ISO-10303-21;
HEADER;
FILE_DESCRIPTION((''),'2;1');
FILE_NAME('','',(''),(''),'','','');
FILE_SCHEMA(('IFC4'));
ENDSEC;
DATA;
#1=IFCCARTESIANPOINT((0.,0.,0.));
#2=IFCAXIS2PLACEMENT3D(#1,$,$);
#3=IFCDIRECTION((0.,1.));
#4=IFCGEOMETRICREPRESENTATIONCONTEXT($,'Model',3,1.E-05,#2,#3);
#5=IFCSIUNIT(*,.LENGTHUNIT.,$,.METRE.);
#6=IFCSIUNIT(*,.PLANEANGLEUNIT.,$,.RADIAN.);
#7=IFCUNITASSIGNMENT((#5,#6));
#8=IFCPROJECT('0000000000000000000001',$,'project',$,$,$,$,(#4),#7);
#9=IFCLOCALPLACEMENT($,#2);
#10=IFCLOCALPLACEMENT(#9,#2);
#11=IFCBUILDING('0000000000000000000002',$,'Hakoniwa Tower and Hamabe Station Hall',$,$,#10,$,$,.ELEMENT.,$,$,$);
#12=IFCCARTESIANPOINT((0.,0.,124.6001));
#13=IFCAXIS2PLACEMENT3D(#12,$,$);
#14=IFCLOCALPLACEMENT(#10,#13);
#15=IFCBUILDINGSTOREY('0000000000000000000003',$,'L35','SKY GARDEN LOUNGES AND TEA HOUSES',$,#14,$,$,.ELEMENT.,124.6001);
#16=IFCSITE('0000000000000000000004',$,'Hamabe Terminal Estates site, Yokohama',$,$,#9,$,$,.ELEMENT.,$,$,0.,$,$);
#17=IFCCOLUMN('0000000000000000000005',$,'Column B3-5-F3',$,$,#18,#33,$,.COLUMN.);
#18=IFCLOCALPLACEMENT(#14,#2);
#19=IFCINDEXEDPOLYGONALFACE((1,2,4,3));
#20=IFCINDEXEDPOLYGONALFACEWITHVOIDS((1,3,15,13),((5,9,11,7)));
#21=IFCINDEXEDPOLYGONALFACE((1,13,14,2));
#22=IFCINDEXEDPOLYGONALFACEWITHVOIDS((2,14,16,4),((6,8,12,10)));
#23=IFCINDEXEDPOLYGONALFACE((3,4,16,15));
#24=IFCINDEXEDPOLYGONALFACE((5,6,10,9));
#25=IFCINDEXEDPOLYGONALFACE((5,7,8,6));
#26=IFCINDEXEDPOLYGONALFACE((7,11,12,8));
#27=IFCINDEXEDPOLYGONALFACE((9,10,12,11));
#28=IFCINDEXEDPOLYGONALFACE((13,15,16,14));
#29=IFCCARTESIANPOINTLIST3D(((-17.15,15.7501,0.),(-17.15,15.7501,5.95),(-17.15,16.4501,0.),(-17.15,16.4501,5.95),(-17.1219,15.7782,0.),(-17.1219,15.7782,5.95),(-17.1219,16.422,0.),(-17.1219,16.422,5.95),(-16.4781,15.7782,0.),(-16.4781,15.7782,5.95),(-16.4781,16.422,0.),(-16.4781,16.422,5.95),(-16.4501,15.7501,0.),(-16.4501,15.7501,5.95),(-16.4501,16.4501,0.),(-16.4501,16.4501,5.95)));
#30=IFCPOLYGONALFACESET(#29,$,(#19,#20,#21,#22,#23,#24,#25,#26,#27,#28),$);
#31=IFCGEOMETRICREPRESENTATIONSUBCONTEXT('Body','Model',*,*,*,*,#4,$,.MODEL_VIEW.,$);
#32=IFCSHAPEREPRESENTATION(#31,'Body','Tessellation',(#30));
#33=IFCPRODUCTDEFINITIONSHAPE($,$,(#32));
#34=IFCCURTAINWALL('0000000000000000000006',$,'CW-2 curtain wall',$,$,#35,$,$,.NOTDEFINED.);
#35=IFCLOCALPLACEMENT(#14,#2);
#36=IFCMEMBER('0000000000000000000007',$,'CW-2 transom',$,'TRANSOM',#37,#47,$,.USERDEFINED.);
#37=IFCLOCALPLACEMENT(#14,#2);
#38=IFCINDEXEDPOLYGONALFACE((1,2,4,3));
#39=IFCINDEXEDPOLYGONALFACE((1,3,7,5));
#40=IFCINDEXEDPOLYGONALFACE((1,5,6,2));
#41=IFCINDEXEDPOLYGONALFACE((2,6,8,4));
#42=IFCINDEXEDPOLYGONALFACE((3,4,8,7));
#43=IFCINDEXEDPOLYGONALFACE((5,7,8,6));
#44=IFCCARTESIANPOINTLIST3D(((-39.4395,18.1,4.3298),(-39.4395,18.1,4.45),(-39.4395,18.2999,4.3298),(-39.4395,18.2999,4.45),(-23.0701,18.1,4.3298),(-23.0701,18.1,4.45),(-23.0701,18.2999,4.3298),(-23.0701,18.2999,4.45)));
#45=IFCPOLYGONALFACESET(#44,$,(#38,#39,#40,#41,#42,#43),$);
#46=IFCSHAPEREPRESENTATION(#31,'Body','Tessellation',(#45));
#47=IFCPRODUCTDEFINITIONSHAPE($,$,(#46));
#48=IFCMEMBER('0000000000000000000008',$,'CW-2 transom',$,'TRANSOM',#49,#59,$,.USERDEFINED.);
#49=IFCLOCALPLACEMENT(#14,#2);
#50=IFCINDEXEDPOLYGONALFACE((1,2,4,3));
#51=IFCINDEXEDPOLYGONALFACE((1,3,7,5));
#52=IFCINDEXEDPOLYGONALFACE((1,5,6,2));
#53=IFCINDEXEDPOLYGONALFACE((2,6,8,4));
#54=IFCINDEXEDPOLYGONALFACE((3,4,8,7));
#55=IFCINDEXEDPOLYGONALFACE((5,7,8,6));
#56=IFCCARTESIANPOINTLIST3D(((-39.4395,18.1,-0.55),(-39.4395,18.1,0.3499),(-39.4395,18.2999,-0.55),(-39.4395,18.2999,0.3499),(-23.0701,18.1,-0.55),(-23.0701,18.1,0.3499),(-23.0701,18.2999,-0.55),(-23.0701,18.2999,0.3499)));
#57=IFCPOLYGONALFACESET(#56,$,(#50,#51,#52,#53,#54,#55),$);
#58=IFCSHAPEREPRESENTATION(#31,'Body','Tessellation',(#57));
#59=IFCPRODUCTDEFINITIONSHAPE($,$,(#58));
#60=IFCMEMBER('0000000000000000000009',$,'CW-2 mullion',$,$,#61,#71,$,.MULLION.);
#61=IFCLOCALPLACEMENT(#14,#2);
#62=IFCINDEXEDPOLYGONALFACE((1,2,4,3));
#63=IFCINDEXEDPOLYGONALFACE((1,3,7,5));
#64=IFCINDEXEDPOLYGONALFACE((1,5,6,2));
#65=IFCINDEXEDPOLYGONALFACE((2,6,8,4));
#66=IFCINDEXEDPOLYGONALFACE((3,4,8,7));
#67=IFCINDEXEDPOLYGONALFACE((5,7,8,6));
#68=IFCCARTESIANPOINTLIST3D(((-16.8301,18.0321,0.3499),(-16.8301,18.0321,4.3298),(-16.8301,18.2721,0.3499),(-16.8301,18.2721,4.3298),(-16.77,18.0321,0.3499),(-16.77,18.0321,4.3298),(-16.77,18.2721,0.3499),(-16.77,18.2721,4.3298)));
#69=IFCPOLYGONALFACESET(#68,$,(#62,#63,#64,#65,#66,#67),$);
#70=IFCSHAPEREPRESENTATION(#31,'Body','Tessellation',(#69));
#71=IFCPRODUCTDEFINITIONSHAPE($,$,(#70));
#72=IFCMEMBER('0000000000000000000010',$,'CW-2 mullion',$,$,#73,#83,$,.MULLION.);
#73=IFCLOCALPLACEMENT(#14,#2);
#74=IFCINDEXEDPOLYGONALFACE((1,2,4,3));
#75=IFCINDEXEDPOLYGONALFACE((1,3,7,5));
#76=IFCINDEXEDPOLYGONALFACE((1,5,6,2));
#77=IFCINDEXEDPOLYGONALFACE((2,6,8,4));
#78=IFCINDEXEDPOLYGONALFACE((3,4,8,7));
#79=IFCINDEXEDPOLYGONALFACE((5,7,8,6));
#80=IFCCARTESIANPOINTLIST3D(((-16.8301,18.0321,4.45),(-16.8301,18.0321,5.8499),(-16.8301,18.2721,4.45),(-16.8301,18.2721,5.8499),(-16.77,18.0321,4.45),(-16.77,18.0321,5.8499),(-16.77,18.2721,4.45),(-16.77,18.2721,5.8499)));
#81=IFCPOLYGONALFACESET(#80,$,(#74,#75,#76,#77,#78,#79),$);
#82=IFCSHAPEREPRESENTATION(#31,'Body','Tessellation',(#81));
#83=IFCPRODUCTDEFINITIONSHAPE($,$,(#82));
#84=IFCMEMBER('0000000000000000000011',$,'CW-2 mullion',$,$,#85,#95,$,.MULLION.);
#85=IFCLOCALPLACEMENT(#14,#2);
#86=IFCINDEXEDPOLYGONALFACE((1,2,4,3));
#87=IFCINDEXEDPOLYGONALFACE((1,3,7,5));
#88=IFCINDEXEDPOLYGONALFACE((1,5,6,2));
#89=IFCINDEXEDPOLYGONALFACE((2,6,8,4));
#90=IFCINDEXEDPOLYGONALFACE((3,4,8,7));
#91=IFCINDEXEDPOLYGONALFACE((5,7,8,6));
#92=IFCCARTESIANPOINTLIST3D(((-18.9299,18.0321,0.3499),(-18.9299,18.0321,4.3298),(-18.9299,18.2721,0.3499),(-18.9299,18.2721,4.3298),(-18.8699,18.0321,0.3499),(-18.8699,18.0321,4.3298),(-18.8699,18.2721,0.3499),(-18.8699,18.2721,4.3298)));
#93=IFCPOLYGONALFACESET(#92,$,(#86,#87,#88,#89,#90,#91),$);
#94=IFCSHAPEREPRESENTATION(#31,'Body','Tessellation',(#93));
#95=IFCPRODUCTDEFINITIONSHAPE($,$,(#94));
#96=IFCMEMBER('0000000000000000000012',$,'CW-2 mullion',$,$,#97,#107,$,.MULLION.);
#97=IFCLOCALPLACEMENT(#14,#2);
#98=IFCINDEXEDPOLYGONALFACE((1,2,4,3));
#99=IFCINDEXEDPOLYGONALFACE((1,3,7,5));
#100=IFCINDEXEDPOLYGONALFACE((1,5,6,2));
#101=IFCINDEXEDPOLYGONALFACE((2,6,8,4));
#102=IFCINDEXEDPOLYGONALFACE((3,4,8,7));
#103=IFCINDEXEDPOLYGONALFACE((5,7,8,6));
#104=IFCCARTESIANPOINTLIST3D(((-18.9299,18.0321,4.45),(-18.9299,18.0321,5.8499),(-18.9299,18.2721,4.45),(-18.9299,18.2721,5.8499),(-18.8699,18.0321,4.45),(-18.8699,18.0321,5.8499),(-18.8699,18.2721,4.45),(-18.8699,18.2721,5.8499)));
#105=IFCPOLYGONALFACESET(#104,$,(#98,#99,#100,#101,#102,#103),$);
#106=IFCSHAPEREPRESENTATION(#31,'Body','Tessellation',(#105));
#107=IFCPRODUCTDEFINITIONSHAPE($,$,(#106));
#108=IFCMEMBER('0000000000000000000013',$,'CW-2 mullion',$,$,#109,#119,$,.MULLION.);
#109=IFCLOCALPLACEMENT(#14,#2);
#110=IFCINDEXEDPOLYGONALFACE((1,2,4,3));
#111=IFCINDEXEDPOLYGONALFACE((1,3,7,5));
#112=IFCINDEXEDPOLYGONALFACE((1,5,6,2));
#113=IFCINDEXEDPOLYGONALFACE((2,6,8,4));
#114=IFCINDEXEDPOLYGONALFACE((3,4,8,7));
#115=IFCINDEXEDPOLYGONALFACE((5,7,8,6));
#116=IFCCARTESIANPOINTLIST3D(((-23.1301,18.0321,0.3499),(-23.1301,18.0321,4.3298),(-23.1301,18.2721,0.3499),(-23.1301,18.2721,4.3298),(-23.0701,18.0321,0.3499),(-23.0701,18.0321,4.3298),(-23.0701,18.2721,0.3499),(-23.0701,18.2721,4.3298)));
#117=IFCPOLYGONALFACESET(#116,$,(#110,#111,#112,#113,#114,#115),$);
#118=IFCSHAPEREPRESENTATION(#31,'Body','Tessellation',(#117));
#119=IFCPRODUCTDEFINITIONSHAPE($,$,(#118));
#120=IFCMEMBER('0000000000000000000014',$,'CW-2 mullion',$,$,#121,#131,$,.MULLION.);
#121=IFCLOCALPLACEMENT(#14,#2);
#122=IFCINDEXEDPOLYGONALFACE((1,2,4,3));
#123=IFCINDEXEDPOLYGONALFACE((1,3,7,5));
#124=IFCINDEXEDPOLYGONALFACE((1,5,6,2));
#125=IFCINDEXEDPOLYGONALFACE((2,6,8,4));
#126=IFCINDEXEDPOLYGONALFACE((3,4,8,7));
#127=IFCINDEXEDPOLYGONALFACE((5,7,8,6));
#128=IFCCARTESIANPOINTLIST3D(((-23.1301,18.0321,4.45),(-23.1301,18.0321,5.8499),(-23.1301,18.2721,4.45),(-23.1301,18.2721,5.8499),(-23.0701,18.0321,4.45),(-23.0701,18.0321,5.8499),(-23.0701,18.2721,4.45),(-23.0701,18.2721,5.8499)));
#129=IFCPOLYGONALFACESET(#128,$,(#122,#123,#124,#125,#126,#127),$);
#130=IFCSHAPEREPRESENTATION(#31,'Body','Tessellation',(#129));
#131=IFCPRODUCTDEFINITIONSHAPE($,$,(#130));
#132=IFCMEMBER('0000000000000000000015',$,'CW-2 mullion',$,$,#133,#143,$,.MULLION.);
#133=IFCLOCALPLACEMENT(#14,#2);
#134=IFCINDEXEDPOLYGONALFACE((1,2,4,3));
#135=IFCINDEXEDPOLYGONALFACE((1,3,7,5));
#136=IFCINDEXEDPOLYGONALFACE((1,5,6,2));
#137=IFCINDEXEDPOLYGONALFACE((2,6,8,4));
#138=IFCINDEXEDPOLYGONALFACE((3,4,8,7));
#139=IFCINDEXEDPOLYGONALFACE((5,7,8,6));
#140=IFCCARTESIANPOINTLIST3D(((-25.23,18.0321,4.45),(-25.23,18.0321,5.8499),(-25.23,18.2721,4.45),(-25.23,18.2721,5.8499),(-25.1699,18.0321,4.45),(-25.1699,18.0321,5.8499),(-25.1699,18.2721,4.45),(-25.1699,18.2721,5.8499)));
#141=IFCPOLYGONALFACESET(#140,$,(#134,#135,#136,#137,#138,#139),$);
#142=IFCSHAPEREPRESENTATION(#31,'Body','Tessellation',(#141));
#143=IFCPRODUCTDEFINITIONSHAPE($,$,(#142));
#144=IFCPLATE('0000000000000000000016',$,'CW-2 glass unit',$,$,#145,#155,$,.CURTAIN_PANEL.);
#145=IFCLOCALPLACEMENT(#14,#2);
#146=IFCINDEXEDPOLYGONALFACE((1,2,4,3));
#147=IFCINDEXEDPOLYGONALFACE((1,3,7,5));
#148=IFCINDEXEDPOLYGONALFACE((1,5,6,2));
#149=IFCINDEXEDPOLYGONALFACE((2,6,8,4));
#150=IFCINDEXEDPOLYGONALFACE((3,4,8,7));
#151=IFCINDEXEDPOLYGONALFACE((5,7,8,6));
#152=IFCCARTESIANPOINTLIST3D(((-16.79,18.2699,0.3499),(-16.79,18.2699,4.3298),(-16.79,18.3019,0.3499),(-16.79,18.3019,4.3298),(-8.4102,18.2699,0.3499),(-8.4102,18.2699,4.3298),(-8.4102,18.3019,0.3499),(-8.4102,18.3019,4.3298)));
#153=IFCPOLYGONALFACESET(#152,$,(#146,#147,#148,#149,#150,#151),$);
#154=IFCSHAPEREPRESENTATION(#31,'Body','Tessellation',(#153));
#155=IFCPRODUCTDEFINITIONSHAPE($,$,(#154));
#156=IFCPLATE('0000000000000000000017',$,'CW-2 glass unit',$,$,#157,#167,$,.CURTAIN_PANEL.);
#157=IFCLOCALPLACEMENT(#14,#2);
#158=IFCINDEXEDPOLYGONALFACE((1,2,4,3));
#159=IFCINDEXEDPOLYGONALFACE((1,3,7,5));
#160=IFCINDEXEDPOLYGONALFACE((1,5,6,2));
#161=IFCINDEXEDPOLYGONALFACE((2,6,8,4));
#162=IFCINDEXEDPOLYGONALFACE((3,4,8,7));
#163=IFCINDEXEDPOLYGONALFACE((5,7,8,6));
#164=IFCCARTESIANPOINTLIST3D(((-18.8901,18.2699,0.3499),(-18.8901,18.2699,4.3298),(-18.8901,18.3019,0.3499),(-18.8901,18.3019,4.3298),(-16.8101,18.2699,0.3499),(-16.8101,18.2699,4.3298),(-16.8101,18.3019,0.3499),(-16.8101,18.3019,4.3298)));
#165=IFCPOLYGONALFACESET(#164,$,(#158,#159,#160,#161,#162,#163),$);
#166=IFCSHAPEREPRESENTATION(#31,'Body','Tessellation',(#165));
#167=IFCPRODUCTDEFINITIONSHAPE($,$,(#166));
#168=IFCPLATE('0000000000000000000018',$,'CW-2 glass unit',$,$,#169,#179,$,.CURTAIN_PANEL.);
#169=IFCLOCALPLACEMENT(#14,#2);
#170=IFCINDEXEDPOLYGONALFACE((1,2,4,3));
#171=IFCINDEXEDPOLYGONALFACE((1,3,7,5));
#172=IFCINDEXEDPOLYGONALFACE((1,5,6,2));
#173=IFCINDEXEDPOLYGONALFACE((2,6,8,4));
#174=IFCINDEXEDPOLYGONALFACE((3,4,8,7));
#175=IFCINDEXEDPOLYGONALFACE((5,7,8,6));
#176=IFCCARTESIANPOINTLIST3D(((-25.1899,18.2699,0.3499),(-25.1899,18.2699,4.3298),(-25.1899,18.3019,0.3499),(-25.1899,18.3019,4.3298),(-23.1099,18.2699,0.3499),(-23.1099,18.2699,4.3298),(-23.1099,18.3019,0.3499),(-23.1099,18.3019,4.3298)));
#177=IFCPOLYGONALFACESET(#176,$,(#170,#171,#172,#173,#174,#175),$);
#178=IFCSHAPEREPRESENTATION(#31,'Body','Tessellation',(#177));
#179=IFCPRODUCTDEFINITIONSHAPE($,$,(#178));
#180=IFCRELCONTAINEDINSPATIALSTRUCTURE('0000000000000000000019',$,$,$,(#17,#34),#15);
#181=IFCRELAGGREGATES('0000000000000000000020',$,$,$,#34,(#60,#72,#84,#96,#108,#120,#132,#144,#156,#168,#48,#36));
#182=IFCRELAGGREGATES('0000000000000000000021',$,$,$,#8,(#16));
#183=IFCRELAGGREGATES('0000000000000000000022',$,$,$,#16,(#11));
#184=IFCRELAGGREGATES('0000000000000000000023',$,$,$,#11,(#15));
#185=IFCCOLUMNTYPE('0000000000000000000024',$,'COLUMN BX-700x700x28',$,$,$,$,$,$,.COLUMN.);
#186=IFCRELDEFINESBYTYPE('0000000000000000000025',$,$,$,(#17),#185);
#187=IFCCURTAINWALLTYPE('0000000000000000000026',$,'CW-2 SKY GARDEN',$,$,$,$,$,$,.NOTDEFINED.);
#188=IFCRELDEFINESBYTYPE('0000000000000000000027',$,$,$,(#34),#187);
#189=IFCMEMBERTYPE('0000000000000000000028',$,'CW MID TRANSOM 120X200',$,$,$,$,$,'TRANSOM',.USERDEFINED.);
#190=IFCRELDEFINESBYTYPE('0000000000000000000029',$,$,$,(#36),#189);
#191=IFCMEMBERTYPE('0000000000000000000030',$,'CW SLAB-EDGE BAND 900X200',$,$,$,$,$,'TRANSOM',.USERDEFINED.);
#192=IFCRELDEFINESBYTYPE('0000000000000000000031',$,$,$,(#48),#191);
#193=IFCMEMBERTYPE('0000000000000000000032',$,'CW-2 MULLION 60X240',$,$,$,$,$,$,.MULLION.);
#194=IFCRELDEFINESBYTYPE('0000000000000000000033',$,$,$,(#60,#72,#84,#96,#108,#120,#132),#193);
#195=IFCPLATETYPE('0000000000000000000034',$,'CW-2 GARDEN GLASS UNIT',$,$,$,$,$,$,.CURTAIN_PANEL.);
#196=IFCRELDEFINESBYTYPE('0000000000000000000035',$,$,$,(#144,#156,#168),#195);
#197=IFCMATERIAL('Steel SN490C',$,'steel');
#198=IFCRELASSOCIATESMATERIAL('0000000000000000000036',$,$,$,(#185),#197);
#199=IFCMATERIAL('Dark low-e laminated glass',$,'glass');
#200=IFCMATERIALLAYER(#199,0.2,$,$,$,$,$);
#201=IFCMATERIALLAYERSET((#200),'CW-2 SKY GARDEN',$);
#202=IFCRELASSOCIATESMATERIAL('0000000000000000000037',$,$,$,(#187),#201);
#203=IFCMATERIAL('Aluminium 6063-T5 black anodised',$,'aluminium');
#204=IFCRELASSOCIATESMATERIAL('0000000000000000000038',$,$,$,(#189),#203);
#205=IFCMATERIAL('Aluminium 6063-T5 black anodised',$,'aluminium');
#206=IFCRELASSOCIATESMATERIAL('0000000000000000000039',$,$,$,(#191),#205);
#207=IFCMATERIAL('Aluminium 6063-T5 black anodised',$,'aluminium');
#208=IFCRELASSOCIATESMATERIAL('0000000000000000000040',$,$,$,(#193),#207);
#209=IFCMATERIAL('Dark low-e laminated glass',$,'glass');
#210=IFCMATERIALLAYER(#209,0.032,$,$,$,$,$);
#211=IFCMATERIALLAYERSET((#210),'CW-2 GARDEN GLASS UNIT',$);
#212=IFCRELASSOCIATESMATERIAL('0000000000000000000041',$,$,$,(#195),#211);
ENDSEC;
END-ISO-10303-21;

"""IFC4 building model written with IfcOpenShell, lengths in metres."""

from ifc_helpers import new_model, si_unit, direction, frame, origin, origin_2d, place, context, subcontext, project, spatial, rectangle, hollow_rectangle, extrude, material, layer, layer_set, material_profile, profile_set, type_object, element, aggregate, save


model = new_model("IFC4")

# Units and contexts
model_context = context("Model", 3, precision=1e-05, world=origin(), true_north=direction((0.0, 1.0)))
body_context = subcontext(model_context, "Body", "Model", "MODEL_VIEW")
ifc_project = project(units=[si_unit("LENGTHUNIT", "METRE"), si_unit("PLANEANGLEUNIT", "RADIAN")], contexts=[model_context])

# Site, building, storey
site_placement = place(None, origin())
site = spatial("IfcSite", under=ifc_project, at=site_placement, Name="Hamabe Terminal Estates site, Yokohama", CompositionType="ELEMENT", RefElevation=0.0)
building_placement = place(site_placement, origin())
building = spatial("IfcBuilding", under=site, at=building_placement, Name="Hakoniwa Tower and Hamabe Station Hall", CompositionType="ELEMENT")
storey_placement = place(building_placement, frame((0.0, 0.0, 124.6001)))
storey = spatial("IfcBuildingStorey", under=building, at=storey_placement, Name="L35", Description="SKY GARDEN LOUNGES AND TEA HOUSES", CompositionType="ELEMENT", Elevation=124.6001)

# Column
ifc_material_1 = material(Name="Steel SN490C", Category="steel")
ifc_material_profile_1 = material_profile(ifc_material_1, hollow_rectangle(XDim=0.7, YDim=0.7, WallThickness=0.0281, at=origin_2d()), Name="BX-700x700x28")
ifc_profile_set_1 = profile_set([ifc_material_profile_1], Name="Steel SN490C")
column_type = type_object("IfcColumnType", Name="COLUMN BX-700x700x28", PredefinedType="COLUMN", material=ifc_profile_set_1)
column_placement = place(storey_placement, frame((-16.8, 16.1001, 0.0), z_axis=(0.0, 0.0, 1.0), x_axis=(1.0, 0.0, 0.0)))
element("IfcColumn", 1, at=column_placement, inside=storey, type_object=column_type, Name="Column B3-5-F3", PredefinedType="COLUMN", context=body_context, shape_type="SweptSolid", body=[
    extrude(hollow_rectangle(XDim=0.7, YDim=0.7, WallThickness=0.0281, at=origin_2d()), origin(), (0.0, 0.0, 1.0), 5.95),
])

# Curtain wall, members, plates
ifc_material_2 = material(Name="Dark low-e laminated glass", Category="glass")
ifc_layer_1 = layer(ifc_material_2, 0.2)
ifc_layer_set_1 = layer_set([ifc_layer_1], Name="CW-2 SKY GARDEN")
curtain_wall_type = type_object("IfcCurtainWallType", Name="CW-2 SKY GARDEN", PredefinedType="NOTDEFINED", material=ifc_layer_set_1)
curtain_wall_placement = place(storey_placement, origin())
curtain_wall = element("IfcCurtainWall", 2, at=curtain_wall_placement, inside=storey, type_object=curtain_wall_type, Name="CW-2 curtain wall", PredefinedType="NOTDEFINED")
ifc_material_3 = material(Name="Aluminium 6063-T5 black anodised", Category="aluminium")
ifc_material_profile_2 = material_profile(ifc_material_3, rectangle(XDim=0.2, YDim=0.1201, at=origin_2d()), Name="CW MID TRANSOM 120X200")
ifc_profile_set_2 = profile_set([ifc_material_profile_2], Name="Aluminium 6063-T5 black anodised")
member_type_1 = type_object("IfcMemberType", Name="CW MID TRANSOM 120X200", ElementType="TRANSOM", PredefinedType="USERDEFINED", material=ifc_profile_set_2)
member_1_placement = place(storey_placement, frame((-23.0701, 18.2, 4.3899), z_axis=(-1.0, 0.0, 0.0), x_axis=(0.0, -1.0, 0.0)))
member_1 = element("IfcMember", 3, at=member_1_placement, type_object=member_type_1, Name="CW-2 transom", ObjectType="TRANSOM", PredefinedType="USERDEFINED", context=body_context, shape_type="SweptSolid", body=[
    extrude(rectangle(XDim=0.2, YDim=0.1201, at=origin_2d()), origin(), (0.0, 0.0, 1.0), 16.3694),
])
ifc_material_4 = material(Name="Aluminium 6063-T5 black anodised", Category="aluminium")
ifc_material_profile_3 = material_profile(ifc_material_4, rectangle(XDim=0.2, YDim=0.8999, at=origin_2d()), Name="CW SLAB-EDGE BAND 900X200")
ifc_profile_set_3 = profile_set([ifc_material_profile_3], Name="Aluminium 6063-T5 black anodised")
member_type_2 = type_object("IfcMemberType", Name="CW SLAB-EDGE BAND 900X200", ElementType="TRANSOM", PredefinedType="USERDEFINED", material=ifc_profile_set_3)
member_2_placement = place(storey_placement, frame((-23.0701, 18.2, -0.1001), z_axis=(-1.0, 0.0, 0.0), x_axis=(0.0, -1.0, 0.0)))
member_2 = element("IfcMember", 4, at=member_2_placement, type_object=member_type_2, Name="CW-2 transom", ObjectType="TRANSOM", PredefinedType="USERDEFINED", context=body_context, shape_type="SweptSolid", body=[
    extrude(rectangle(XDim=0.2, YDim=0.8999, at=origin_2d()), origin(), (0.0, 0.0, 1.0), 16.3694),
])
ifc_material_5 = material(Name="Aluminium 6063-T5 black anodised", Category="aluminium")
ifc_material_profile_4 = material_profile(ifc_material_5, rectangle(XDim=0.0601, YDim=0.24, at=origin_2d()), Name="CW-2 MULLION 60X240")
ifc_profile_set_4 = profile_set([ifc_material_profile_4], Name="Aluminium 6063-T5 black anodised")
member_type_3 = type_object("IfcMemberType", Name="CW-2 MULLION 60X240", PredefinedType="MULLION", material=ifc_profile_set_4)
member_3_placement = place(storey_placement, frame((-16.8, 18.1521, 0.3499), z_axis=(0.0, 0.0, 1.0), x_axis=(-1.0, 0.0, 0.0)))
member_3 = element("IfcMember", 5, at=member_3_placement, type_object=member_type_3, Name="CW-2 mullion", PredefinedType="MULLION", context=body_context, shape_type="SweptSolid", body=[
    extrude(rectangle(XDim=0.0601, YDim=0.24, at=origin_2d()), origin(), (0.0, 0.0, 1.0), 3.98),
])
member_4_placement = place(storey_placement, frame((-16.8, 18.1521, 4.45), z_axis=(0.0, 0.0, 1.0), x_axis=(-1.0, 0.0, 0.0)))
member_4 = element("IfcMember", 6, at=member_4_placement, type_object=member_type_3, Name="CW-2 mullion", PredefinedType="MULLION", context=body_context, shape_type="SweptSolid", body=[
    extrude(rectangle(XDim=0.0601, YDim=0.24, at=origin_2d()), origin(), (0.0, 0.0, 1.0), 1.3999),
])
member_5_placement = place(storey_placement, frame((-18.8999, 18.1521, 0.3499), z_axis=(0.0, 0.0, 1.0), x_axis=(-1.0, 0.0, 0.0)))
member_5 = element("IfcMember", 7, at=member_5_placement, type_object=member_type_3, Name="CW-2 mullion", PredefinedType="MULLION", context=body_context, shape_type="SweptSolid", body=[
    extrude(rectangle(XDim=0.0601, YDim=0.24, at=origin_2d()), origin(), (0.0, 0.0, 1.0), 3.98),
])
member_6_placement = place(storey_placement, frame((-18.8999, 18.1521, 4.45), z_axis=(0.0, 0.0, 1.0), x_axis=(-1.0, 0.0, 0.0)))
member_6 = element("IfcMember", 8, at=member_6_placement, type_object=member_type_3, Name="CW-2 mullion", PredefinedType="MULLION", context=body_context, shape_type="SweptSolid", body=[
    extrude(rectangle(XDim=0.0601, YDim=0.24, at=origin_2d()), origin(), (0.0, 0.0, 1.0), 1.3999),
])
member_7_placement = place(storey_placement, frame((-23.1001, 18.1521, 0.3499), z_axis=(0.0, 0.0, 1.0), x_axis=(-1.0, 0.0, 0.0)))
member_7 = element("IfcMember", 9, at=member_7_placement, type_object=member_type_3, Name="CW-2 mullion", PredefinedType="MULLION", context=body_context, shape_type="SweptSolid", body=[
    extrude(rectangle(XDim=0.0601, YDim=0.24, at=origin_2d()), origin(), (0.0, 0.0, 1.0), 3.98),
])
member_8_placement = place(storey_placement, frame((-23.1001, 18.1521, 4.45), z_axis=(0.0, 0.0, 1.0), x_axis=(-1.0, 0.0, 0.0)))
member_8 = element("IfcMember", 10, at=member_8_placement, type_object=member_type_3, Name="CW-2 mullion", PredefinedType="MULLION", context=body_context, shape_type="SweptSolid", body=[
    extrude(rectangle(XDim=0.0601, YDim=0.24, at=origin_2d()), origin(), (0.0, 0.0, 1.0), 1.3999),
])
member_9_placement = place(storey_placement, frame((-25.2, 18.1521, 4.45), z_axis=(0.0, 0.0, 1.0), x_axis=(-1.0, 0.0, 0.0)))
member_9 = element("IfcMember", 11, at=member_9_placement, type_object=member_type_3, Name="CW-2 mullion", PredefinedType="MULLION", context=body_context, shape_type="SweptSolid", body=[
    extrude(rectangle(XDim=0.0601, YDim=0.24, at=origin_2d()), origin(), (0.0, 0.0, 1.0), 1.3999),
])
ifc_material_6 = material(Name="Dark low-e laminated glass", Category="glass")
ifc_layer_2 = layer(ifc_material_6, 0.032)
ifc_layer_set_2 = layer_set([ifc_layer_2], Name="CW-2 GARDEN GLASS UNIT")
plate_type = type_object("IfcPlateType", Name="CW-2 GARDEN GLASS UNIT", PredefinedType="CURTAIN_PANEL", material=ifc_layer_set_2)
plate_1_placement = place(storey_placement, frame((-12.6001, 18.2859, 0.3499), z_axis=(0.0, 0.0, 1.0), x_axis=(-1.0, 0.0, 0.0)))
plate_1 = element("IfcPlate", 12, at=plate_1_placement, type_object=plate_type, Name="CW-2 glass unit", PredefinedType="CURTAIN_PANEL", context=body_context, shape_type="SweptSolid", body=[
    extrude(rectangle(XDim=8.3799, YDim=0.032, at=origin_2d()), origin(), (0.0, 0.0, 1.0), 3.98),
])
plate_2_placement = place(storey_placement, frame((-17.8501, 18.2859, 0.3499), z_axis=(0.0, 0.0, 1.0), x_axis=(-1.0, 0.0, 0.0)))
plate_2 = element("IfcPlate", 13, at=plate_2_placement, type_object=plate_type, Name="CW-2 glass unit", PredefinedType="CURTAIN_PANEL", context=body_context, shape_type="SweptSolid", body=[
    extrude(rectangle(XDim=2.0801, YDim=0.032, at=origin_2d()), origin(), (0.0, 0.0, 1.0), 3.98),
])
plate_3_placement = place(storey_placement, frame((-24.1499, 18.2859, 0.3499), z_axis=(0.0, 0.0, 1.0), x_axis=(-1.0, 0.0, 0.0)))
plate_3 = element("IfcPlate", 14, at=plate_3_placement, type_object=plate_type, Name="CW-2 glass unit", PredefinedType="CURTAIN_PANEL", context=body_context, shape_type="SweptSolid", body=[
    extrude(rectangle(XDim=2.0801, YDim=0.032, at=origin_2d()), origin(), (0.0, 0.0, 1.0), 3.98),
])

aggregate(curtain_wall, [member_3, member_4, member_5, member_6, member_7, member_8, member_9, plate_1, plate_2, plate_3, member_2, member_1])

save(model, "model.ifc")
